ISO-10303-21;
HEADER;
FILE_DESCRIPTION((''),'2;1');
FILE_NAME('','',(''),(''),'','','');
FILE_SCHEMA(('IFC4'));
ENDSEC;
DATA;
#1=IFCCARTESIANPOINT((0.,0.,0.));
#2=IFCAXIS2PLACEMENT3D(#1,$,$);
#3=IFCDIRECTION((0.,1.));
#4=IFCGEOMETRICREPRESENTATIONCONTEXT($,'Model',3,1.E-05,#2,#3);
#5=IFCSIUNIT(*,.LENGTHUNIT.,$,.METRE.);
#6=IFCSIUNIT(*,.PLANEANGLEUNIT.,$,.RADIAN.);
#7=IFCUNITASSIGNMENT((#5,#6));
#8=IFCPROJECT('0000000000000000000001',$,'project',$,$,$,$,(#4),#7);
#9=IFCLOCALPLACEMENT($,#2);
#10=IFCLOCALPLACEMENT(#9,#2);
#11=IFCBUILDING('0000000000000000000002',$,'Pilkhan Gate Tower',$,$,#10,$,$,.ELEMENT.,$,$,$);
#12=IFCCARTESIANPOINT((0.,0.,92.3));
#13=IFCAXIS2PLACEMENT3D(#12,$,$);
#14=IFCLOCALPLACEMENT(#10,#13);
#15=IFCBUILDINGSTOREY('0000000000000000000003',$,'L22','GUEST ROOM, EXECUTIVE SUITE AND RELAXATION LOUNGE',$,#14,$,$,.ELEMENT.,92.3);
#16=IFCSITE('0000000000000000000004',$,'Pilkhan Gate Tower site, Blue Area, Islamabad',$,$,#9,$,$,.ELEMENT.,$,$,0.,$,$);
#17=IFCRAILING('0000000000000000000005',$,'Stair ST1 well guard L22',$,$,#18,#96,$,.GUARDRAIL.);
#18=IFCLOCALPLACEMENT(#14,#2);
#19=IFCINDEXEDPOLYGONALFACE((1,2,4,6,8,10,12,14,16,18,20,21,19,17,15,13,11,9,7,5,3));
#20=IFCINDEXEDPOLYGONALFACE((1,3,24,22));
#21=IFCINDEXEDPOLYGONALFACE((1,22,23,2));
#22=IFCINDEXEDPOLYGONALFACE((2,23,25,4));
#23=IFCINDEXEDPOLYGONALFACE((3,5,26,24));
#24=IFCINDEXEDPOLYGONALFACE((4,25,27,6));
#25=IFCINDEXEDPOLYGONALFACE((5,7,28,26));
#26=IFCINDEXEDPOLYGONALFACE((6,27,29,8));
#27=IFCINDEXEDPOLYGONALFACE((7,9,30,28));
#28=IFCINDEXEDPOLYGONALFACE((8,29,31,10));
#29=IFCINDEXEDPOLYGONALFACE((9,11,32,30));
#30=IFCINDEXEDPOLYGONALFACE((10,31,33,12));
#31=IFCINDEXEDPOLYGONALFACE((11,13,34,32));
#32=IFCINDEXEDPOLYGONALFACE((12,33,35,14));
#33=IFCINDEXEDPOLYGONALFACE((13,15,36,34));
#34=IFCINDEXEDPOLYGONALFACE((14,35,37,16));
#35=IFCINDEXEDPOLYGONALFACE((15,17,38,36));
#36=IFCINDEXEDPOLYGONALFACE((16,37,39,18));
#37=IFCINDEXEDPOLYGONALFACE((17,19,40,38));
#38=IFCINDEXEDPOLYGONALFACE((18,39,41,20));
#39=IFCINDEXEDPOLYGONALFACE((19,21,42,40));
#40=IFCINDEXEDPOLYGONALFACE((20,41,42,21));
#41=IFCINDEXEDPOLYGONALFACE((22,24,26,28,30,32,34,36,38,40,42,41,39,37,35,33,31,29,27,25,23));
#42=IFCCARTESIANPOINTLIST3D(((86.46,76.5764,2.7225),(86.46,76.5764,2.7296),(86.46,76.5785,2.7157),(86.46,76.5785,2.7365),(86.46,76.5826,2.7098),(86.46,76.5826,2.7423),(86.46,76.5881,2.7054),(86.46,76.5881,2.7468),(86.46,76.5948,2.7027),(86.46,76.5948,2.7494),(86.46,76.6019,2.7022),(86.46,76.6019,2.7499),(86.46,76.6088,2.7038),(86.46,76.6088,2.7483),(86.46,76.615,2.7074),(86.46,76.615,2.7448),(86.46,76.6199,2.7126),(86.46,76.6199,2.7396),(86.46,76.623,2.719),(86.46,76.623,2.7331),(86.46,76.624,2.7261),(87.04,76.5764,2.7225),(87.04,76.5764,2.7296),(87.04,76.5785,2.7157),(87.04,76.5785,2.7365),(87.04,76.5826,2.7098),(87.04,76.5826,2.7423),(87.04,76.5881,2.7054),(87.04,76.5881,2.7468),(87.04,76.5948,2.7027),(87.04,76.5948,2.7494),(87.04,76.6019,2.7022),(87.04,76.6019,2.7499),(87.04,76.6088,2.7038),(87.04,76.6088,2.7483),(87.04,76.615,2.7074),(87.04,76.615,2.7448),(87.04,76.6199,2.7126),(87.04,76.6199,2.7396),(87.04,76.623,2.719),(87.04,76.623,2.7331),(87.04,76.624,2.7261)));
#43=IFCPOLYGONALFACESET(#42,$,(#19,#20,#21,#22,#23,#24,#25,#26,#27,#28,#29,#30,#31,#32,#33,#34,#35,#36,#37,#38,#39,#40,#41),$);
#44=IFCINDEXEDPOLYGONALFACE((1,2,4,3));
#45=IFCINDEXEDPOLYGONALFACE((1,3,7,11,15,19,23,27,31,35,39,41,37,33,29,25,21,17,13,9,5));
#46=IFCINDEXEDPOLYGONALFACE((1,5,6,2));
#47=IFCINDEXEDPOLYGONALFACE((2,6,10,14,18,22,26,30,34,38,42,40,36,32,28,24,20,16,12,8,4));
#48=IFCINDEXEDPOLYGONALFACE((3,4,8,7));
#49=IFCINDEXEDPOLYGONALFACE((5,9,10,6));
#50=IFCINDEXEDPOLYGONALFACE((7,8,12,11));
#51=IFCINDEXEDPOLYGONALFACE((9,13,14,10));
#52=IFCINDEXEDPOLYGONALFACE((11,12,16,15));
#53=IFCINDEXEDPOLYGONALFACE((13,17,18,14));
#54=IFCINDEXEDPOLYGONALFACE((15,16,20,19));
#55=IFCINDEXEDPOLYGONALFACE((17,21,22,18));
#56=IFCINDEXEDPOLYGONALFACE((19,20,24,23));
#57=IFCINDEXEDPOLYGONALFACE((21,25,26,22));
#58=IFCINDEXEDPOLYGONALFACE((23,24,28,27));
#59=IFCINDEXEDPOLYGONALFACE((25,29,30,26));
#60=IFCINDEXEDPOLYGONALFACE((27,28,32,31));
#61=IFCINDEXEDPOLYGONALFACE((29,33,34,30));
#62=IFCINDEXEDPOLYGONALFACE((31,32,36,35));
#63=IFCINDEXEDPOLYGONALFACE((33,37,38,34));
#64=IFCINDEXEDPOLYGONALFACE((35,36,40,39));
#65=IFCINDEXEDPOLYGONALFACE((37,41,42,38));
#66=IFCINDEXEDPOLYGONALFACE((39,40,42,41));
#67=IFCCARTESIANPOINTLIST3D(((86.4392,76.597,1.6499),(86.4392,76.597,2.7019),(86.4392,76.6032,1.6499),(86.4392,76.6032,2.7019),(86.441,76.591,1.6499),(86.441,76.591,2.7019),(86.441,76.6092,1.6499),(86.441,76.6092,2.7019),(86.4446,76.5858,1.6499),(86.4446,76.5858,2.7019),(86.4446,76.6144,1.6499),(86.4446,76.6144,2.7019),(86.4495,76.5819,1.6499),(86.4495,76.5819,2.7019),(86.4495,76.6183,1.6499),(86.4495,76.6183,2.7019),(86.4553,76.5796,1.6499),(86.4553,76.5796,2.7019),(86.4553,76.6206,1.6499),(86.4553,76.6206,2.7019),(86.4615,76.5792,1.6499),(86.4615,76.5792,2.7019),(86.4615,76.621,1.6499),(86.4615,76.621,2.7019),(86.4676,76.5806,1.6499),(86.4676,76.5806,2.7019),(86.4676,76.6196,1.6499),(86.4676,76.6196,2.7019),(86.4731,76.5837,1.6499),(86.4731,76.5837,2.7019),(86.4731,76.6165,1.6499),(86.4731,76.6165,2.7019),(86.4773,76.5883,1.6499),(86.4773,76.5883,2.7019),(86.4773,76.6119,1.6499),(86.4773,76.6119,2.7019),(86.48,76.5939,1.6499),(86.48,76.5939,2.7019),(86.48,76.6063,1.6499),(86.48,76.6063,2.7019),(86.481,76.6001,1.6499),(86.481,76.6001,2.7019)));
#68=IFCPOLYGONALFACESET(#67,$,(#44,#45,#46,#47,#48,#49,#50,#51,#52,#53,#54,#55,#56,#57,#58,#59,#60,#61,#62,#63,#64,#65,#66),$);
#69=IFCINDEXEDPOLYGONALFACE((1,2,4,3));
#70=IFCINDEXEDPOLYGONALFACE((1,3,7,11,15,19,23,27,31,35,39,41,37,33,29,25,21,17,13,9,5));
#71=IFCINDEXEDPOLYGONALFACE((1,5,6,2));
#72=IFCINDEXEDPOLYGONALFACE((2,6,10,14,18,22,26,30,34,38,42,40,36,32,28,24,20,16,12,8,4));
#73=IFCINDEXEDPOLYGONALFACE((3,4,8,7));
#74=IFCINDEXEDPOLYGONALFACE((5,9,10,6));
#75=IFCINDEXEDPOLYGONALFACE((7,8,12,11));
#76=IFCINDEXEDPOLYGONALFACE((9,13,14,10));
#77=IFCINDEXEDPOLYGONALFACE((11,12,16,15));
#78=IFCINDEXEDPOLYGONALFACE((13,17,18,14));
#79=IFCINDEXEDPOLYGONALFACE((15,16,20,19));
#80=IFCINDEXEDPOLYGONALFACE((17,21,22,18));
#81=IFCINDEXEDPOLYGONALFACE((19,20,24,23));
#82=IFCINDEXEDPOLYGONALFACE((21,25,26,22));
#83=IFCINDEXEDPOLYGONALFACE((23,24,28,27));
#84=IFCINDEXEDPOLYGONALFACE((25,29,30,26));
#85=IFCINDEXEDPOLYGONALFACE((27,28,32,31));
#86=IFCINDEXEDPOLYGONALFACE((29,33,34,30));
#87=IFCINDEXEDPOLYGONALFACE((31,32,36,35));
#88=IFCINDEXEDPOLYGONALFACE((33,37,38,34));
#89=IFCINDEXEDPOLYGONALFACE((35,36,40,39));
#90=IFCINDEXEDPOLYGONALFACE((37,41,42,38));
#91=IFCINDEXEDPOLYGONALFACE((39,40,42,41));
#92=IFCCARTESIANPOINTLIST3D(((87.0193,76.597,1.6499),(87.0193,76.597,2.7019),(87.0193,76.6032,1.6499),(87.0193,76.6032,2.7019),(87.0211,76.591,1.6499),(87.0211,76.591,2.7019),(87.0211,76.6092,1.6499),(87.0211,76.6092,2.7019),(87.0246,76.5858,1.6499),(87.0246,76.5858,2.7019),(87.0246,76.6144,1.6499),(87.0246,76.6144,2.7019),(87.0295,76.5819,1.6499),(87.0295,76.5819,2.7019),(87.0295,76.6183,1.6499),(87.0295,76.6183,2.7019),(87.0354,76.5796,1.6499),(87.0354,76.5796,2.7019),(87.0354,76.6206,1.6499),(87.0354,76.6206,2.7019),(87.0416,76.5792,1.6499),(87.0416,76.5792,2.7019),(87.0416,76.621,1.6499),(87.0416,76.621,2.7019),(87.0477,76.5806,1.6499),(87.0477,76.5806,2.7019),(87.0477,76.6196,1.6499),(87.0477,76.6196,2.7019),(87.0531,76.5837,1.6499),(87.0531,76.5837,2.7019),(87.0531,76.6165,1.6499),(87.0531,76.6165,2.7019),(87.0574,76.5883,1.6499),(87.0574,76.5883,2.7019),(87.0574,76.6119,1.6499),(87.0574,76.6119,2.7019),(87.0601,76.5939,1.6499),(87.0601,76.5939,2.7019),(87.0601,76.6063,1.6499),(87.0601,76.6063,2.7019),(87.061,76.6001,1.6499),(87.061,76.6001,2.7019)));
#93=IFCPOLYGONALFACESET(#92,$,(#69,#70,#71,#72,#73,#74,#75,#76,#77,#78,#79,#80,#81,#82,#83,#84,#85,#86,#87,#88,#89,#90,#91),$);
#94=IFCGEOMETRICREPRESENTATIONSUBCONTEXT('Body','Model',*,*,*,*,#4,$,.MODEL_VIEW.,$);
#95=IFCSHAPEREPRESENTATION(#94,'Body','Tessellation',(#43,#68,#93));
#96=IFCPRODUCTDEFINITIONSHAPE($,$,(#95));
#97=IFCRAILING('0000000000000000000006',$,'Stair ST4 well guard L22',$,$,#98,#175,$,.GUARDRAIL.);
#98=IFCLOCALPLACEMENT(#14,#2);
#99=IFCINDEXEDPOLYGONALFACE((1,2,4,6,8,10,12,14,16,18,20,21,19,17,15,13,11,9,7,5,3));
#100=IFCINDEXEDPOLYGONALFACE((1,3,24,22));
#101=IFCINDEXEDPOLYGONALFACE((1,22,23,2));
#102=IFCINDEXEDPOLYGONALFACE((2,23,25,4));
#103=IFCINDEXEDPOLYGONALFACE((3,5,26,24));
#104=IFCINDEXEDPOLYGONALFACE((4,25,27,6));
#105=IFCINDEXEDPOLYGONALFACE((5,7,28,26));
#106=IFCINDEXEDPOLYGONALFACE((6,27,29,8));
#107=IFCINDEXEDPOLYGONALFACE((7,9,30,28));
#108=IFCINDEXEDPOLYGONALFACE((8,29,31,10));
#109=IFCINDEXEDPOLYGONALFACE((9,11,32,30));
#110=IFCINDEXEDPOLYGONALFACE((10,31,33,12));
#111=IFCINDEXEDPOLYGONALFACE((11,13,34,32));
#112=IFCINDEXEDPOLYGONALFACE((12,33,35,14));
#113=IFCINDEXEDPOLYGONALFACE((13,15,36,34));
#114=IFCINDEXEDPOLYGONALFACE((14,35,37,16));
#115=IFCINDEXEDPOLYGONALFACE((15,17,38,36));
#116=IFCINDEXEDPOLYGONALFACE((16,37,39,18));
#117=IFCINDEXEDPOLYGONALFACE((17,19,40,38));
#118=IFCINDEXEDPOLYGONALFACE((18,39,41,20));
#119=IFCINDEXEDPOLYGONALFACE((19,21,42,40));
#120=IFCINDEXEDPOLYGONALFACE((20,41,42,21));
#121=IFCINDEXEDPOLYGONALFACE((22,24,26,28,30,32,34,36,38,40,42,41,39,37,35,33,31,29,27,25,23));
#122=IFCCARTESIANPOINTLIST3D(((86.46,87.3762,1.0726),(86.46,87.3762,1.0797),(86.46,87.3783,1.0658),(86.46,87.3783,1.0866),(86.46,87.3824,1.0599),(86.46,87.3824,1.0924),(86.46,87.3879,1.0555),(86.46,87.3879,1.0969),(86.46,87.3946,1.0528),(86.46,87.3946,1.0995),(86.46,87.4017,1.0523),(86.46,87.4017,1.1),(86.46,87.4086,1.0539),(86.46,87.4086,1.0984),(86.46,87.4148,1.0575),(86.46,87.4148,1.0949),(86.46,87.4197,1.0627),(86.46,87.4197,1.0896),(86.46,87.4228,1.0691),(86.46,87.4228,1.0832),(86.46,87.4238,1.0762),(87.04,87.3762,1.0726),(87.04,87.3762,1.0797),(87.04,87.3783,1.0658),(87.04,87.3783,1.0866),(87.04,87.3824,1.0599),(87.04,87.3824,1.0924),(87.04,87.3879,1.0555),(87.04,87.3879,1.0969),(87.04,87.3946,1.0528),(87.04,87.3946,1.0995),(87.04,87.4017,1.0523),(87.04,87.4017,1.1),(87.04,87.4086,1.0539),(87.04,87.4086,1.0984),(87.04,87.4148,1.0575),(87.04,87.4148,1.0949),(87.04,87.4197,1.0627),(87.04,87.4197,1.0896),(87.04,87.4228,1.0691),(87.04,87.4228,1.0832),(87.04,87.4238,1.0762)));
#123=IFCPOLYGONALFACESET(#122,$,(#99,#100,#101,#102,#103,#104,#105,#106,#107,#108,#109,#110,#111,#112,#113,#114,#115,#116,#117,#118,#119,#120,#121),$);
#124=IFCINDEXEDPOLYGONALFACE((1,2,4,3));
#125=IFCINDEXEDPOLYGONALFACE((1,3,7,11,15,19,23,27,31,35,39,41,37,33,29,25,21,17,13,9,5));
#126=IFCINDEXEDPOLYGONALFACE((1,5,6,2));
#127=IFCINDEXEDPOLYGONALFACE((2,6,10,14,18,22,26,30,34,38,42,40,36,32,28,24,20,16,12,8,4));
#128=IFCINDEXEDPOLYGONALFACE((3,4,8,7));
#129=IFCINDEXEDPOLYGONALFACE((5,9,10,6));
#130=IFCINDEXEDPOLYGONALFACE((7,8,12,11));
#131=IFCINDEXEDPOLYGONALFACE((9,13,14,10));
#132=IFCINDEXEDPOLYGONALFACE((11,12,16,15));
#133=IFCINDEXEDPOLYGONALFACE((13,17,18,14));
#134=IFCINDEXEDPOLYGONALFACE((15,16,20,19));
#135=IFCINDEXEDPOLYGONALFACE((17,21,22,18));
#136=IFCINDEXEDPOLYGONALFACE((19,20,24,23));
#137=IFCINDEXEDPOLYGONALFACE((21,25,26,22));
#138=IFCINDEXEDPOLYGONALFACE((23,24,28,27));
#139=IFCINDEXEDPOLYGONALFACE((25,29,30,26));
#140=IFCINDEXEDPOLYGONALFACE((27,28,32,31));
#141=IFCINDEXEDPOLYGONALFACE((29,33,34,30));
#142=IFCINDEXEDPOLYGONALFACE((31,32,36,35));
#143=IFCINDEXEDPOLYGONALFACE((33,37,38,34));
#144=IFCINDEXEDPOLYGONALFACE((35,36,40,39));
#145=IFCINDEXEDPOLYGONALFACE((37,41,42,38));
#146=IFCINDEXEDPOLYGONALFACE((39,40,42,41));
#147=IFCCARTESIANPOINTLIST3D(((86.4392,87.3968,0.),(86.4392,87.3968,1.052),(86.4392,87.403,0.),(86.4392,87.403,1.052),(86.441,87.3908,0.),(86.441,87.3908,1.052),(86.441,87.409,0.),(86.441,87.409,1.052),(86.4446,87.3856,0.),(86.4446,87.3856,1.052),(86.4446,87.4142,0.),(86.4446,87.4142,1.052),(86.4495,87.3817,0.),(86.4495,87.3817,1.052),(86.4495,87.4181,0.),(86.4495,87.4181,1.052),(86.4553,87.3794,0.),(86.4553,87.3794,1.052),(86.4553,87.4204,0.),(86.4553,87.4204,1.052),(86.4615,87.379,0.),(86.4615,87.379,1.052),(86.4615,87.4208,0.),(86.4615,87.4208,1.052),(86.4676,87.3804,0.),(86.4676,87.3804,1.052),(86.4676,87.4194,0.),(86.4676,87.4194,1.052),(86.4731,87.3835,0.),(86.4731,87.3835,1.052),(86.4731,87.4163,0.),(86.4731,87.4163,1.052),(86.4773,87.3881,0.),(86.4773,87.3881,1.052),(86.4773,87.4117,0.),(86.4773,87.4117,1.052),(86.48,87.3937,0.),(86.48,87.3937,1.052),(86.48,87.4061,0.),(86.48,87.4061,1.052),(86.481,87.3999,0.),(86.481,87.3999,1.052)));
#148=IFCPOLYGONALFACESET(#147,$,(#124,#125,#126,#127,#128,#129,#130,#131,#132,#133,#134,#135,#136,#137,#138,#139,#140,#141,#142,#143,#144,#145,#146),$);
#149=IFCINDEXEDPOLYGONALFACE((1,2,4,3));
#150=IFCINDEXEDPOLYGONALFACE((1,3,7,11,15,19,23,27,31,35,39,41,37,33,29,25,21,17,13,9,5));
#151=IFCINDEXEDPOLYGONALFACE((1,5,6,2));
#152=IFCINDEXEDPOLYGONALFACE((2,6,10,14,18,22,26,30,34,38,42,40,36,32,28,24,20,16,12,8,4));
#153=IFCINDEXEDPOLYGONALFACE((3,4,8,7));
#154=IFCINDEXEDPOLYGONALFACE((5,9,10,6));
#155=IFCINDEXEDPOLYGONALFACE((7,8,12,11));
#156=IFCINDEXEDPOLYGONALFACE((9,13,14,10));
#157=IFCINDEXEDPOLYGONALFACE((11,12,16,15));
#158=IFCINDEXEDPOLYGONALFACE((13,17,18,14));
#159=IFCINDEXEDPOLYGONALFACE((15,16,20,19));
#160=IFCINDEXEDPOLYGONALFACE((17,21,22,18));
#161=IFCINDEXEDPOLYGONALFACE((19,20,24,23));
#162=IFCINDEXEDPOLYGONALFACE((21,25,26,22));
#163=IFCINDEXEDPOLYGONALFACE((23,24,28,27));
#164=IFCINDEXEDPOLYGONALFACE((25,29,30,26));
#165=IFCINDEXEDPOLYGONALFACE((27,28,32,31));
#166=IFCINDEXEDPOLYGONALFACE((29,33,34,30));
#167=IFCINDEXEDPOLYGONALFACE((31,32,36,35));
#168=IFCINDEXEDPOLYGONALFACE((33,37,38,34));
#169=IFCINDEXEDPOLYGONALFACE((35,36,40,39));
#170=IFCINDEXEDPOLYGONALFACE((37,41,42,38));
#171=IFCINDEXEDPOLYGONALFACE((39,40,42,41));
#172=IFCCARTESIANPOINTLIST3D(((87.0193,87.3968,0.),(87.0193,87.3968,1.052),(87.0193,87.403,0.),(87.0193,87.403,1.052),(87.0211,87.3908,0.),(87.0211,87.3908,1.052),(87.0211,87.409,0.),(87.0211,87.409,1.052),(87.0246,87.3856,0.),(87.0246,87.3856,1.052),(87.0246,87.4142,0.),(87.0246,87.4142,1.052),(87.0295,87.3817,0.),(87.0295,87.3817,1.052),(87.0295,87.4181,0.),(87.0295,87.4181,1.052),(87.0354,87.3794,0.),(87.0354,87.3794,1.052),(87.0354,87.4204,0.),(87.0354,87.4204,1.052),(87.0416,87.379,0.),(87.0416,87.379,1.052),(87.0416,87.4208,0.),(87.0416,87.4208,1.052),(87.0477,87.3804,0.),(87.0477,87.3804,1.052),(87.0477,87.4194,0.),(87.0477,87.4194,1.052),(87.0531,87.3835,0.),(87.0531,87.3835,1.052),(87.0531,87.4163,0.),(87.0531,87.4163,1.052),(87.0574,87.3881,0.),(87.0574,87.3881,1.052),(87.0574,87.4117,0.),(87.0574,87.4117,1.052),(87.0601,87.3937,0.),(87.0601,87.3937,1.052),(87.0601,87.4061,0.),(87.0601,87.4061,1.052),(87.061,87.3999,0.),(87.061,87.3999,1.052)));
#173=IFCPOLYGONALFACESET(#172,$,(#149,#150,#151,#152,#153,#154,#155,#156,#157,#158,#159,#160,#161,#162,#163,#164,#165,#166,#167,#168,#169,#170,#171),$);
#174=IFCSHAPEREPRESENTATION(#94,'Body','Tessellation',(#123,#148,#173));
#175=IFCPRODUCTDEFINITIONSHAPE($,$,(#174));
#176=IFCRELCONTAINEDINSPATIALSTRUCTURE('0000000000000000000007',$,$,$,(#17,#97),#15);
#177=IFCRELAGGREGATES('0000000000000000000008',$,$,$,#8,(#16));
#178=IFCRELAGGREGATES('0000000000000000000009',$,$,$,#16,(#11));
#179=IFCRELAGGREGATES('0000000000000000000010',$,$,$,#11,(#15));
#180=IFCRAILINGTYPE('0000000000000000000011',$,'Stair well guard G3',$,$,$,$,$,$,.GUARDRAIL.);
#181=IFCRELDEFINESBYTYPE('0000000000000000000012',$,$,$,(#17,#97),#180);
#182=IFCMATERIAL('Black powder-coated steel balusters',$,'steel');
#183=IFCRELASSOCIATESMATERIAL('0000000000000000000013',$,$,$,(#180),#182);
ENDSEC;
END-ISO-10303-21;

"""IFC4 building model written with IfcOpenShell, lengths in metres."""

from ifc_helpers import new_model, si_unit, direction, frame, origin, origin_2d, place, context, subcontext, project, spatial, circle, extrude, material, type_object, element, save


model = new_model("IFC4")

# Units and contexts
model_context = context("Model", 3, precision=1e-05, world=origin(), true_north=direction((0.0, 1.0)))
body_context = subcontext(model_context, "Body", "Model", "MODEL_VIEW")
ifc_project = project(units=[si_unit("LENGTHUNIT", "METRE"), si_unit("PLANEANGLEUNIT", "RADIAN")], contexts=[model_context])

# Site, building, storey
site_placement = place(None, origin())
site = spatial("IfcSite", under=ifc_project, at=site_placement, Name="Pilkhan Gate Tower site, Blue Area, Islamabad", CompositionType="ELEMENT", RefElevation=0.0)
building_placement = place(site_placement, origin())
building = spatial("IfcBuilding", under=site, at=building_placement, Name="Pilkhan Gate Tower", CompositionType="ELEMENT")
storey_placement = place(building_placement, frame((0.0, 0.0, 92.3)))
storey = spatial("IfcBuildingStorey", under=building, at=storey_placement, Name="L22", Description="GUEST ROOM, EXECUTIVE SUITE AND RELAXATION LOUNGE", CompositionType="ELEMENT", Elevation=92.3)

# Railings
ifc_material_1 = material(Name="Black powder-coated steel balusters", Category="steel")
railing_type_1 = type_object("IfcRailingType", Name="Stair well guard G3", PredefinedType="GUARDRAIL", material=ifc_material_1)
for number, where, name in (
    (1, (86.46, 76.6001, 1.6499), "Stair ST1 well guard L22"),
    (2, (86.46, 87.3999, 0.0), "Stair ST4 well guard L22"),
):
    element("IfcRailing", number, at=place(storey_placement, frame(where)), inside=storey, type_object=railing_type_1, Name=name, PredefinedType="GUARDRAIL", context=body_context, shape_type="SweptSolid", body=[
        extrude(circle(Radius=0.0239, at=origin_2d()), frame((0.0, 0.0, 1.0762), z_axis=(1.0, 0.0, 0.0), x_axis=(0.0, 1.0, 0.0)), (0.0, 0.0, 1.0), 0.5801),
        extrude(circle(Radius=0.021, at=origin_2d()), origin(), (0.0, 0.0, 1.0), 1.052),
        extrude(circle(Radius=0.021, at=origin_2d()), frame((0.5801, 0.0, 0.0)), (0.0, 0.0, 1.0), 1.052),
    ])

save(model, "model.ifc")
